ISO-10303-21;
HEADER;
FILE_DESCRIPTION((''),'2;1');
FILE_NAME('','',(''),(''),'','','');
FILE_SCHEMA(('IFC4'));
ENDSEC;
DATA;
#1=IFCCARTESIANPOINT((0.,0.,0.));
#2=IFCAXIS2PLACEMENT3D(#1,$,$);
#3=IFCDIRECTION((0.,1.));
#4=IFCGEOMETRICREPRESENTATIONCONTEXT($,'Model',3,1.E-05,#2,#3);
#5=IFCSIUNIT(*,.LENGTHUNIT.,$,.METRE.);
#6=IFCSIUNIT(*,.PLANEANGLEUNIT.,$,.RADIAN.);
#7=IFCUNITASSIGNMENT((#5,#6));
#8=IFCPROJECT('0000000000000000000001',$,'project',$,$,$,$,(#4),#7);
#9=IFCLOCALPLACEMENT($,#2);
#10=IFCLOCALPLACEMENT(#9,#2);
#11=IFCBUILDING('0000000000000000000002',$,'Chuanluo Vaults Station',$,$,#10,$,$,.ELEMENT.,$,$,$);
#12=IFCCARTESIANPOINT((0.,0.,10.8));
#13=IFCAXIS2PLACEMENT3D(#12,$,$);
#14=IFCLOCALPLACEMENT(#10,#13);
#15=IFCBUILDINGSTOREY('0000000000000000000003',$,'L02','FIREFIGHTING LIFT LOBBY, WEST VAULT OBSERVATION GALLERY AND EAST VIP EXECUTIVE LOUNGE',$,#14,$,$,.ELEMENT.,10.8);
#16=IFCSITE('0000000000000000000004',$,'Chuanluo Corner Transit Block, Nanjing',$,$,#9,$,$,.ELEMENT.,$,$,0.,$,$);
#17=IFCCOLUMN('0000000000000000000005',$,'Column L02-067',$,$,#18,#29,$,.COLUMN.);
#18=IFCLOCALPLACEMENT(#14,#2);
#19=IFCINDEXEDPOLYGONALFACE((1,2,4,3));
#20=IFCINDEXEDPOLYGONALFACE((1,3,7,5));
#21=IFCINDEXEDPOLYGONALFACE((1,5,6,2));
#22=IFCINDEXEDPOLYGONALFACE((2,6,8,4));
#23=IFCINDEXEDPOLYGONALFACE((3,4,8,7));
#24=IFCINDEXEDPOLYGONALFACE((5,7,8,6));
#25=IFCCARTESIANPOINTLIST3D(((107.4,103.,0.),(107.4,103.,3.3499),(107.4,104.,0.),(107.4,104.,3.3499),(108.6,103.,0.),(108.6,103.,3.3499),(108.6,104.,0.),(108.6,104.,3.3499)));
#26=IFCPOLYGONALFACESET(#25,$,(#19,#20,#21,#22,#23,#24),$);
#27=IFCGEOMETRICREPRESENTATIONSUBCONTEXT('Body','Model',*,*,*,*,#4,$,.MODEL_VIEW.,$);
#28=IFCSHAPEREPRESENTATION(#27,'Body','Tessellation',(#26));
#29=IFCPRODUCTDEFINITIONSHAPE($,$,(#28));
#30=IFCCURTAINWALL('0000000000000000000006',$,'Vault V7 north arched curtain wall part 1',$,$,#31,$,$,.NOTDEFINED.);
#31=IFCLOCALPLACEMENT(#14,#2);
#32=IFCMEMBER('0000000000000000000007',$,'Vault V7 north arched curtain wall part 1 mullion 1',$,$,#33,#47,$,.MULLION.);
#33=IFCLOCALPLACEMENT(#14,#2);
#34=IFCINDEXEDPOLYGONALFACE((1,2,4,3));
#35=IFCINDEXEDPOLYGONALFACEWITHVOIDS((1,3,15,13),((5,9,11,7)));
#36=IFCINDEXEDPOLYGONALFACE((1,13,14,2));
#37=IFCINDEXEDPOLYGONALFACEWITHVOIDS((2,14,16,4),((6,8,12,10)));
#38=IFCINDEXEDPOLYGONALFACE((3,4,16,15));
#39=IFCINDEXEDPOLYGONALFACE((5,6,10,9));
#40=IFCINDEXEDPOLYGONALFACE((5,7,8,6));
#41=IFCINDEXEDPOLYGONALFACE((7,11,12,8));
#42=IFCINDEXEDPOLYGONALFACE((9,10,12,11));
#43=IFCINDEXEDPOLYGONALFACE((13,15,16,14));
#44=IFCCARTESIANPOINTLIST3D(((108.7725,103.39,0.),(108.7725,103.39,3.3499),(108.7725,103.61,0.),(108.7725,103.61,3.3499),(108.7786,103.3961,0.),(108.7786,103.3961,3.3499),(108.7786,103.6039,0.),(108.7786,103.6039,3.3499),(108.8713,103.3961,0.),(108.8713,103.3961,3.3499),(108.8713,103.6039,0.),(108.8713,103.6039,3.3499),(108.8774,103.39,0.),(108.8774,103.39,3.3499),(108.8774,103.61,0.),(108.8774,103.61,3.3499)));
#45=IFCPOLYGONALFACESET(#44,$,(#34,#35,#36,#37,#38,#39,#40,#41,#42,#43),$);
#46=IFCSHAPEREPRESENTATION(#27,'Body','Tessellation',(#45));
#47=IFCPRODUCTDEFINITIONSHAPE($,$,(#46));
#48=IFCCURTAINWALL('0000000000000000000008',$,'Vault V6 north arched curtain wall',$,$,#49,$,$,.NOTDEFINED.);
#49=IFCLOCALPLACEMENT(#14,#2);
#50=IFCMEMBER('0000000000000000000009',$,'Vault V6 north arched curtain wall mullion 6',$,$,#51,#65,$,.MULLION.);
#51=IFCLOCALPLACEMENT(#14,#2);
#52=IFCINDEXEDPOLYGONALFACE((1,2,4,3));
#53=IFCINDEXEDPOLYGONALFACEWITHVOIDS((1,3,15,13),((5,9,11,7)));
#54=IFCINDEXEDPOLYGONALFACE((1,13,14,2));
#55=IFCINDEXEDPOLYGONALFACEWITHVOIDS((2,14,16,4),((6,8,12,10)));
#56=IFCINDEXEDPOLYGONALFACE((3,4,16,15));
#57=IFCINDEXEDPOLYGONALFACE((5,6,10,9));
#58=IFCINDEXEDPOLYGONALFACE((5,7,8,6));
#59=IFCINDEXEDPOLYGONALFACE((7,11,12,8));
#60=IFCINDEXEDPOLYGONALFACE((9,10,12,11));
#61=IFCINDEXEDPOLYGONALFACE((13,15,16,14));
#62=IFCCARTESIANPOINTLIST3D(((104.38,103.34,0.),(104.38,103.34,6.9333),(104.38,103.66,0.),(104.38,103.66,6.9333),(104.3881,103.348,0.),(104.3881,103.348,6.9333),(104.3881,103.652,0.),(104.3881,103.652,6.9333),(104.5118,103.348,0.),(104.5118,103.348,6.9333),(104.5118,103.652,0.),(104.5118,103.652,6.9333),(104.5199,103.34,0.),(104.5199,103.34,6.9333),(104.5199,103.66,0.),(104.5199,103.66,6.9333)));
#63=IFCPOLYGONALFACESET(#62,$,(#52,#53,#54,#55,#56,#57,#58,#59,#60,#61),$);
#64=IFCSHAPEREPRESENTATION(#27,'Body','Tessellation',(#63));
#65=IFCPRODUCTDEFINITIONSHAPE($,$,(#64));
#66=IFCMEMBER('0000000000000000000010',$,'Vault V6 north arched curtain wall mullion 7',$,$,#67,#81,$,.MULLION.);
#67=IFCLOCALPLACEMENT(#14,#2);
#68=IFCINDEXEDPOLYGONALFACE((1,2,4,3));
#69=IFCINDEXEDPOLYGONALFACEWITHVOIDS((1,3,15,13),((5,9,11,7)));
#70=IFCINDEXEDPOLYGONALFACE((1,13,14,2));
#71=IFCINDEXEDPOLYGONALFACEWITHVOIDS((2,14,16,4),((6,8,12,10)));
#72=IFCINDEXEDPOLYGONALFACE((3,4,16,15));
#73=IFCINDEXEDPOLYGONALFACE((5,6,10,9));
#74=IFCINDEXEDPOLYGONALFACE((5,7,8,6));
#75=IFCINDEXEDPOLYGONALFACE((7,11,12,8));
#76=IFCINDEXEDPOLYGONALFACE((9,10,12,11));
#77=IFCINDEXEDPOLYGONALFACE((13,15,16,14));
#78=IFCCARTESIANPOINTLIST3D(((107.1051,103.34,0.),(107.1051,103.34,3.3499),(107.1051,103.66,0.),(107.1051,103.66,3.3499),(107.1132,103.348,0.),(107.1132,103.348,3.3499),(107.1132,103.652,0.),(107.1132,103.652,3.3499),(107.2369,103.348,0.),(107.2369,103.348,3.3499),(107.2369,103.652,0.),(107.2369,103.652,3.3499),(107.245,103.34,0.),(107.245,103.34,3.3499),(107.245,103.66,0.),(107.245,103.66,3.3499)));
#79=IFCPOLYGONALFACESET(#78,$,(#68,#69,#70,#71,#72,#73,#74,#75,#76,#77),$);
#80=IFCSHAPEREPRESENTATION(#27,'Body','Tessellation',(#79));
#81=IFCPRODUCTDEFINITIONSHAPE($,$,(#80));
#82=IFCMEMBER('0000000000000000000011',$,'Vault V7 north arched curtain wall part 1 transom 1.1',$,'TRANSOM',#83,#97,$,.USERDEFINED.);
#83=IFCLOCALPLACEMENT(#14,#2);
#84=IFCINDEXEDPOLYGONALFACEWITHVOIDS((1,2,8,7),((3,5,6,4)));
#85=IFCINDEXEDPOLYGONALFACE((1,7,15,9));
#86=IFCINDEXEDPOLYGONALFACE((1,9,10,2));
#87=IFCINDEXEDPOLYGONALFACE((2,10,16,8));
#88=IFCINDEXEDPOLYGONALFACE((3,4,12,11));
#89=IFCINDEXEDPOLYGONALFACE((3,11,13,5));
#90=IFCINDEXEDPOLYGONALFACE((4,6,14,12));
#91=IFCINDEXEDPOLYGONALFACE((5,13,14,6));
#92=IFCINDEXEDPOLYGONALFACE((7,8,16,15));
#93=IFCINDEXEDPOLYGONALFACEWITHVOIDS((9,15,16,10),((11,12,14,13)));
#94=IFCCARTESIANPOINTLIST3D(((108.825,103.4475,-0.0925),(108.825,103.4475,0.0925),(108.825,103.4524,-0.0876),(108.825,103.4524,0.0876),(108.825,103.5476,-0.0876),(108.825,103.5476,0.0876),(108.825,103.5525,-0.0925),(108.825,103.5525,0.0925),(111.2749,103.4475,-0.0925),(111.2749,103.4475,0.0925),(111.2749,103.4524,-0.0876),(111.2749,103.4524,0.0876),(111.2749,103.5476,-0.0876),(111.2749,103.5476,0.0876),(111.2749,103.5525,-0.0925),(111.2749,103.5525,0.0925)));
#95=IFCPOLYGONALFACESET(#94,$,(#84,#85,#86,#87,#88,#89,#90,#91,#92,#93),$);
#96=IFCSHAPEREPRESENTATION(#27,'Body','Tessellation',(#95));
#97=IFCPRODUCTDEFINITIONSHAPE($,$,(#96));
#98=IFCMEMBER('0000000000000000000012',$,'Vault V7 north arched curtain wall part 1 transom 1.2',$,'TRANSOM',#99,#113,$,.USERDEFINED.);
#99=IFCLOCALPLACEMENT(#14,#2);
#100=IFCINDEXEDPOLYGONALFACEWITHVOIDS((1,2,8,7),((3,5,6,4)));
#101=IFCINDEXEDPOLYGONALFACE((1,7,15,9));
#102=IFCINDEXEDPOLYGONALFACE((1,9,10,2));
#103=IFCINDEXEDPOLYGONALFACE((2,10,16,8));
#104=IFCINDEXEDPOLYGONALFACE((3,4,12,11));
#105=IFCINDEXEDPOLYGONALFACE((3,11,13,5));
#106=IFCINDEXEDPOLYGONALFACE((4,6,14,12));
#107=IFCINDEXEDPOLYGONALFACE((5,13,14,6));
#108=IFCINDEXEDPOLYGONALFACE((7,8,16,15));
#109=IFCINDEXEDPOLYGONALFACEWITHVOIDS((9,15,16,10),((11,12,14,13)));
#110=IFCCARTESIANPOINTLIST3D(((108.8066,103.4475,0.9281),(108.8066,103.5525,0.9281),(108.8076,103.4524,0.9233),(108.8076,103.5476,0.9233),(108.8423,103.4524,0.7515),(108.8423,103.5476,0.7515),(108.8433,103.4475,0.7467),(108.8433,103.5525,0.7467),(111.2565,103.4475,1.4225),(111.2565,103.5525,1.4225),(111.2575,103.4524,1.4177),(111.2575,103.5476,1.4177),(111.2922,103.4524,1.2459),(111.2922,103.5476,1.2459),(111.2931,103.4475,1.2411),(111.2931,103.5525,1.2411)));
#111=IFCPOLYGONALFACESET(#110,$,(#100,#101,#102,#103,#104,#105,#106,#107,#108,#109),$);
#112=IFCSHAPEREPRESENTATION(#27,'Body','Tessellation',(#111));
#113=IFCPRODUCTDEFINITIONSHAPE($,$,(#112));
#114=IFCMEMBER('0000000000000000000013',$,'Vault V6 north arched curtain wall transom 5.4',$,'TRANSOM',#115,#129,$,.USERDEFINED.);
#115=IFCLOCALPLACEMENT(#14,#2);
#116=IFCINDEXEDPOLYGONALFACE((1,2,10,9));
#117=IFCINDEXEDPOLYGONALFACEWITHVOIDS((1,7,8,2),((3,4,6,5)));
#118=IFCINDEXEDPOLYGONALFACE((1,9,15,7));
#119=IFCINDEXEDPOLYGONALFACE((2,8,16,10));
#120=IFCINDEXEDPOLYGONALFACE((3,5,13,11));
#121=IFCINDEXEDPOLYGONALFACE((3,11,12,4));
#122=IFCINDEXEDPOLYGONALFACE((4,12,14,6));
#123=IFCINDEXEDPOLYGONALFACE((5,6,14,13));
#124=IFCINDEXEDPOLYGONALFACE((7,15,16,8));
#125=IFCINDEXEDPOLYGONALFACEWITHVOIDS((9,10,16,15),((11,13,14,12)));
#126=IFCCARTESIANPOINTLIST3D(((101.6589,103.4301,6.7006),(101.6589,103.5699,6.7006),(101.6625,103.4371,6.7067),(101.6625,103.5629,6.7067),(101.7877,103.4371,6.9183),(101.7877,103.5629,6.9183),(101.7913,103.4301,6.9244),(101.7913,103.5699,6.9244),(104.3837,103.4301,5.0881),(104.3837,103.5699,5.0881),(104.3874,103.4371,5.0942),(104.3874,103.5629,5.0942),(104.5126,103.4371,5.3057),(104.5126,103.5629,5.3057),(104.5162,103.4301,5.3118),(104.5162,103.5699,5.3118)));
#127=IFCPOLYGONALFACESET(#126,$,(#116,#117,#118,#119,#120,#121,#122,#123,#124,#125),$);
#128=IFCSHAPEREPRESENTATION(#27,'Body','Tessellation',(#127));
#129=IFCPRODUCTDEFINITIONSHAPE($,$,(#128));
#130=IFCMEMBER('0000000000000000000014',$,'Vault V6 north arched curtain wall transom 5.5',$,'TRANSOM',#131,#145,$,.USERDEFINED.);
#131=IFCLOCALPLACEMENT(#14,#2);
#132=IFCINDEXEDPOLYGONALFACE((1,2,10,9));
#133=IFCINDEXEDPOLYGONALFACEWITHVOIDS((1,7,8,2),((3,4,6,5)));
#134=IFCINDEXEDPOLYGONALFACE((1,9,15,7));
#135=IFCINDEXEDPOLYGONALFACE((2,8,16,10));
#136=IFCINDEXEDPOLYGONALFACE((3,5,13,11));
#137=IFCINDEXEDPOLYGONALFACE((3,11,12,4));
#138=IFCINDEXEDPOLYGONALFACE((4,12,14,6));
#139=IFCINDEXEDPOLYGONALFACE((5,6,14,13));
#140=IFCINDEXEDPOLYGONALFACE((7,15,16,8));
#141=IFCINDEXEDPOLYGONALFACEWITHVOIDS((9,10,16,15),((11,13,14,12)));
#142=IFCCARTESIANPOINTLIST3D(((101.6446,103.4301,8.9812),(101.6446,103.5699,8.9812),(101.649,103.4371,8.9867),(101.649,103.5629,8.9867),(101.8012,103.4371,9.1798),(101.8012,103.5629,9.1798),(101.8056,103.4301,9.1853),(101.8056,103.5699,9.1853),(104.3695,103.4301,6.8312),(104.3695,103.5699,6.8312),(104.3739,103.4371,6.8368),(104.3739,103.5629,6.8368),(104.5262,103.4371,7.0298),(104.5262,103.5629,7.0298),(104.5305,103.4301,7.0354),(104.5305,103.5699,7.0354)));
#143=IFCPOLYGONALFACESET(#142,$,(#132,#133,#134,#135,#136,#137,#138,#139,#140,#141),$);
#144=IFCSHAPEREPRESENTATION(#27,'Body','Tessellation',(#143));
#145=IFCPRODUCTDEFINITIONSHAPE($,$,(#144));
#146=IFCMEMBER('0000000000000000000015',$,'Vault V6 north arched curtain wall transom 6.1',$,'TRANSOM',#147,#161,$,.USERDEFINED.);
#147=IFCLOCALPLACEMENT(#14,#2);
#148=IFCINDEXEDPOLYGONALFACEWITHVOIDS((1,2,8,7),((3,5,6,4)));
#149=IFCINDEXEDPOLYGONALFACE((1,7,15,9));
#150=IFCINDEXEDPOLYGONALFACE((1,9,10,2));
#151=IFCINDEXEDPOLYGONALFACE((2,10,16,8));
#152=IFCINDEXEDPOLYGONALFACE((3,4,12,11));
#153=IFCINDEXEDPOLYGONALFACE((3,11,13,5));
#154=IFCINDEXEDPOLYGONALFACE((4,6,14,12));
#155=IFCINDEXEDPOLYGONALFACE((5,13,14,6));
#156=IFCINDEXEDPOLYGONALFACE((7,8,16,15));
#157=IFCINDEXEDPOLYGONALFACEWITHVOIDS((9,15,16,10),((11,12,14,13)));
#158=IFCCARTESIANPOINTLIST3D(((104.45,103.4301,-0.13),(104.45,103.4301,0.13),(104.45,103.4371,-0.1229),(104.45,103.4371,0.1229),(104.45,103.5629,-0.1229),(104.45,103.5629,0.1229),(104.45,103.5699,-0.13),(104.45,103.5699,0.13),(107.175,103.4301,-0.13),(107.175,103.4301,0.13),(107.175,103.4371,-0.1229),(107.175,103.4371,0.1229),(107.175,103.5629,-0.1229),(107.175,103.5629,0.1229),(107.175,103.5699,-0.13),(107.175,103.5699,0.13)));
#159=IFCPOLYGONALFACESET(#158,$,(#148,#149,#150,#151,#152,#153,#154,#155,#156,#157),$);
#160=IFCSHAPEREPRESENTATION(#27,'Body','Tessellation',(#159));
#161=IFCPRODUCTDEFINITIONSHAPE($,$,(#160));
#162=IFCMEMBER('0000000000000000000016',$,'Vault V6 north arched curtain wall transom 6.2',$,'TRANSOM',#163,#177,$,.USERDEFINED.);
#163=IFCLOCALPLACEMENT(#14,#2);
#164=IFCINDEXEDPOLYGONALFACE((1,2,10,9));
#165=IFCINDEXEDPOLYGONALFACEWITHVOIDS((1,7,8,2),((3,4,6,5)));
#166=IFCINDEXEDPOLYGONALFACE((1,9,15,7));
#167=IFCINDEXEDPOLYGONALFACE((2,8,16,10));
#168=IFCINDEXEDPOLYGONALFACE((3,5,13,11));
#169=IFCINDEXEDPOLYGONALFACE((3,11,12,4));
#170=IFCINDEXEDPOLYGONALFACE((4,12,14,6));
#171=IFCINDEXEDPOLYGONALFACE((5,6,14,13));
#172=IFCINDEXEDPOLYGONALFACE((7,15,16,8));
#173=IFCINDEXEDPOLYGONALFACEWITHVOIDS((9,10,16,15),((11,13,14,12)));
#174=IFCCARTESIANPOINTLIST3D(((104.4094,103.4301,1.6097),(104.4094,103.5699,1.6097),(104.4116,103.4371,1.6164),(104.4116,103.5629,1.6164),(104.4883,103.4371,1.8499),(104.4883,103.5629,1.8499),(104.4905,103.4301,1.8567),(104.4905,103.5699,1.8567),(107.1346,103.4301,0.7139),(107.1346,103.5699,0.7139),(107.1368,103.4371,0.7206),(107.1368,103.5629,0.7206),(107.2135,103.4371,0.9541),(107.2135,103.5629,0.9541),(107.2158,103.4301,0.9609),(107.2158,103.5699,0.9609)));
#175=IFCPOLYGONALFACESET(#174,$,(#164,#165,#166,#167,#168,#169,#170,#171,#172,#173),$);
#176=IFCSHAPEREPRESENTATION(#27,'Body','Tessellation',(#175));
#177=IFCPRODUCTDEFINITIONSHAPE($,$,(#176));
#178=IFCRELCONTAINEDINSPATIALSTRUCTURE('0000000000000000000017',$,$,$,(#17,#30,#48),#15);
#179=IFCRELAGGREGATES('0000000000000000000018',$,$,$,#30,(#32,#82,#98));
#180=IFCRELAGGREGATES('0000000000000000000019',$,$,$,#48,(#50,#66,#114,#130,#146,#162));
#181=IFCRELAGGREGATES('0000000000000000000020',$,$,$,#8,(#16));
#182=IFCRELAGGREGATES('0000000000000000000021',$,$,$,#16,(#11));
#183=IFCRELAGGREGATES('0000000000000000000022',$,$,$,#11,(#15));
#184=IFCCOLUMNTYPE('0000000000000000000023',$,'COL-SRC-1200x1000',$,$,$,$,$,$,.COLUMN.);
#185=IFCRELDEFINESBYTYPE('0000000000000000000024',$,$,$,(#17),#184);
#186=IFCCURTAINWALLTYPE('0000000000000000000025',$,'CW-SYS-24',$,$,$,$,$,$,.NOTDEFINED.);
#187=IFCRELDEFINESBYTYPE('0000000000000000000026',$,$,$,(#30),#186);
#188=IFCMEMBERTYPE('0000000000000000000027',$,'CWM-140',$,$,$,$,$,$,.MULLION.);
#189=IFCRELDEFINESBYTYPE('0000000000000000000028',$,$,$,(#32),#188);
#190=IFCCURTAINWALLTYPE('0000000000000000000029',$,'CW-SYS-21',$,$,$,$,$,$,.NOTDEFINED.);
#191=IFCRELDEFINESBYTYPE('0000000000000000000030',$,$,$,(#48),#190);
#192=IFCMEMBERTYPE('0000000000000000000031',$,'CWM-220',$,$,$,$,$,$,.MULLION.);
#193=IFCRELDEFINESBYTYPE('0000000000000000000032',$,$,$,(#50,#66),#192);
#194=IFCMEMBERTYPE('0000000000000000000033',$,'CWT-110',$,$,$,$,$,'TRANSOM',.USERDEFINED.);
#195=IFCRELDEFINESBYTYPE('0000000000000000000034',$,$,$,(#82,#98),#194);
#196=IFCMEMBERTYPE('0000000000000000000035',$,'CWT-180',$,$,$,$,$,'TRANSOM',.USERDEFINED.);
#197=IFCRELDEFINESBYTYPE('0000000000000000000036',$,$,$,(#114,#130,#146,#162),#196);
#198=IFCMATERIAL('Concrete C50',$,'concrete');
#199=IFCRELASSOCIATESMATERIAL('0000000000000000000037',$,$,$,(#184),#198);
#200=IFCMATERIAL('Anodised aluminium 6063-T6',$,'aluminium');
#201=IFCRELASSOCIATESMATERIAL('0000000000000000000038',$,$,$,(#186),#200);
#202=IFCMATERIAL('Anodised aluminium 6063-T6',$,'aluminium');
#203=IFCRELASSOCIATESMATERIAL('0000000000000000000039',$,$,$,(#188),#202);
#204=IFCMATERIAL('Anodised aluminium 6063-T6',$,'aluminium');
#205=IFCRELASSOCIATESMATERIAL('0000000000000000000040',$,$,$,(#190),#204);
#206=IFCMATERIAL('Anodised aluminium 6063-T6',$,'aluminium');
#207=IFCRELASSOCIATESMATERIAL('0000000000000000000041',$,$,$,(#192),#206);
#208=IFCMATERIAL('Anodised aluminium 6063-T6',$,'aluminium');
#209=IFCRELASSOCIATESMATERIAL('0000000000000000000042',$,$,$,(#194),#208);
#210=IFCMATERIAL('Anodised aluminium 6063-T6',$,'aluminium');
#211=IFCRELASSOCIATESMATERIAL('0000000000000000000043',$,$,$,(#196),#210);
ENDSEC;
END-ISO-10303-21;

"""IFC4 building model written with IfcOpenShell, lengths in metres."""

from ifc_helpers import new_model, si_unit, direction, frame, origin, origin_2d, place, context, subcontext, project, spatial, rectangle, hollow_rectangle, extrude, material, material_profile, profile_set, type_object, element, aggregate, save


model = new_model("IFC4")

# Units and contexts
model_context = context("Model", 3, precision=1e-05, world=origin(), true_north=direction((0.0, 1.0)))
body_context = subcontext(model_context, "Body", "Model", "MODEL_VIEW")
ifc_project = project(units=[si_unit("LENGTHUNIT", "METRE"), si_unit("PLANEANGLEUNIT", "RADIAN")], contexts=[model_context])

# Site, building, storey
site_placement = place(None, origin())
site = spatial("IfcSite", under=ifc_project, at=site_placement, Name="Chuanluo Corner Transit Block, Nanjing", CompositionType="ELEMENT", RefElevation=0.0)
building_placement = place(site_placement, origin())
building = spatial("IfcBuilding", under=site, at=building_placement, Name="Chuanluo Vaults Station", CompositionType="ELEMENT")
storey_placement = place(building_placement, frame((0.0, 0.0, 10.8)))
storey = spatial("IfcBuildingStorey", under=building, at=storey_placement, Name="L02", Description="FIREFIGHTING LIFT LOBBY, WEST VAULT OBSERVATION GALLERY AND EAST VIP EXECUTIVE LOUNGE", CompositionType="ELEMENT", Elevation=10.8)

# Column
ifc_material_1 = material(Name="Concrete C50", Category="concrete")
ifc_material_profile_1 = material_profile(ifc_material_1, rectangle(XDim=1.2, YDim=1.0, at=origin_2d()))
ifc_profile_set_1 = profile_set([ifc_material_profile_1], Name="Concrete C50")
column_type = type_object("IfcColumnType", Name="COL-SRC-1200x1000", PredefinedType="COLUMN", material=ifc_profile_set_1)
column_placement = place(storey_placement, frame((108.0, 103.5, 0.0), z_axis=(0.0, 0.0, 1.0), x_axis=(1.0, 0.0, 0.0)))
element("IfcColumn", 1, at=column_placement, inside=storey, type_object=column_type, Name="Column L02-067", PredefinedType="COLUMN", context=body_context, shape_type="SweptSolid", body=[
    extrude(rectangle(XDim=1.2, YDim=1.0, at=origin_2d()), origin(), (0.0, 0.0, 1.0), 3.3499),
])

# Curtain wall, member
ifc_material_2 = material(Name="Anodised aluminium 6063-T6", Category="aluminium")
curtain_wall_type_1 = type_object("IfcCurtainWallType", Name="CW-SYS-24", PredefinedType="NOTDEFINED", material=ifc_material_2)
curtain_wall_1_placement = place(storey_placement, origin())
curtain_wall_1 = element("IfcCurtainWall", 2, at=curtain_wall_1_placement, inside=storey, type_object=curtain_wall_type_1, Name="Vault V7 north arched curtain wall part 1", PredefinedType="NOTDEFINED")
ifc_material_3 = material(Name="Anodised aluminium 6063-T6", Category="aluminium")
ifc_material_profile_2 = material_profile(ifc_material_3, hollow_rectangle(XDim=0.105, YDim=0.22, WallThickness=0.0061, at=origin_2d()))
ifc_profile_set_2 = profile_set([ifc_material_profile_2], Name="Anodised aluminium 6063-T6")
member_type_1 = type_object("IfcMemberType", Name="CWM-140", PredefinedType="MULLION", material=ifc_profile_set_2)
member_1_placement = place(storey_placement, frame((108.825, 103.5, 0.0), z_axis=(0.0, 0.0, 1.0), x_axis=(1.0, 0.0, 0.0)))
member_1 = element("IfcMember", 3, at=member_1_placement, type_object=member_type_1, Name="Vault V7 north arched curtain wall part 1 mullion 1", PredefinedType="MULLION", context=body_context, shape_type="SweptSolid", body=[
    extrude(hollow_rectangle(XDim=0.105, YDim=0.22, WallThickness=0.0061, at=origin_2d()), origin(), (0.0, 0.0, 1.0), 3.3499),
])

# Curtain wall, members
ifc_material_4 = material(Name="Anodised aluminium 6063-T6", Category="aluminium")
curtain_wall_type_2 = type_object("IfcCurtainWallType", Name="CW-SYS-21", PredefinedType="NOTDEFINED", material=ifc_material_4)
curtain_wall_2_placement = place(storey_placement, origin())
curtain_wall_2 = element("IfcCurtainWall", 4, at=curtain_wall_2_placement, inside=storey, type_object=curtain_wall_type_2, Name="Vault V6 north arched curtain wall", PredefinedType="NOTDEFINED")
ifc_material_5 = material(Name="Anodised aluminium 6063-T6", Category="aluminium")
ifc_material_profile_3 = material_profile(ifc_material_5, hollow_rectangle(XDim=0.1399, YDim=0.3201, WallThickness=0.0081, at=origin_2d()))
ifc_profile_set_3 = profile_set([ifc_material_profile_3], Name="Anodised aluminium 6063-T6")
member_type_2 = type_object("IfcMemberType", Name="CWM-220", PredefinedType="MULLION", material=ifc_profile_set_3)
member_2_placement = place(storey_placement, frame((104.45, 103.5, 0.0), z_axis=(0.0, 0.0, 1.0), x_axis=(1.0, 0.0, 0.0)))
member_2 = element("IfcMember", 5, at=member_2_placement, type_object=member_type_2, Name="Vault V6 north arched curtain wall mullion 6", PredefinedType="MULLION", context=body_context, shape_type="SweptSolid", body=[
    extrude(hollow_rectangle(XDim=0.1399, YDim=0.3201, WallThickness=0.0081, at=origin_2d()), origin(), (0.0, 0.0, 1.0), 6.9333),
])
member_3_placement = place(storey_placement, frame((107.175, 103.5, 0.0), z_axis=(0.0, 0.0, 1.0), x_axis=(1.0, 0.0, 0.0)))
member_3 = element("IfcMember", 6, at=member_3_placement, type_object=member_type_2, Name="Vault V6 north arched curtain wall mullion 7", PredefinedType="MULLION", context=body_context, shape_type="SweptSolid", body=[
    extrude(hollow_rectangle(XDim=0.1399, YDim=0.3201, WallThickness=0.0081, at=origin_2d()), origin(), (0.0, 0.0, 1.0), 3.3499),
])

# Members
ifc_material_6 = material(Name="Anodised aluminium 6063-T6", Category="aluminium")
ifc_material_profile_4 = material_profile(ifc_material_6, hollow_rectangle(XDim=0.105, YDim=0.1851, WallThickness=0.0049, at=origin_2d()))
ifc_profile_set_4 = profile_set([ifc_material_profile_4], Name="Anodised aluminium 6063-T6")
member_type_3 = type_object("IfcMemberType", Name="CWT-110", ElementType="TRANSOM", PredefinedType="USERDEFINED", material=ifc_profile_set_4)
member_4_placement = place(storey_placement, frame((108.825, 103.5, 0.0), z_axis=(1.0, 0.0, 0.0), x_axis=(0.0, 1.0, 0.0)))
member_4 = element("IfcMember", 7, at=member_4_placement, type_object=member_type_3, Name="Vault V7 north arched curtain wall part 1 transom 1.1", ObjectType="TRANSOM", PredefinedType="USERDEFINED", context=body_context, shape_type="SweptSolid", body=[
    extrude(hollow_rectangle(XDim=0.105, YDim=0.1851, WallThickness=0.0049, at=origin_2d()), origin(), (0.0, 0.0, 1.0), 2.45),
])
member_5_placement = place(storey_placement, frame((108.825, 103.5, 0.8374), z_axis=(0.980241, 0.0, 0.197806), x_axis=(0.0, 1.0, 0.0)))
member_5 = element("IfcMember", 8, at=member_5_placement, type_object=member_type_3, Name="Vault V7 north arched curtain wall part 1 transom 1.2", ObjectType="TRANSOM", PredefinedType="USERDEFINED", context=body_context, shape_type="SweptSolid", body=[
    extrude(hollow_rectangle(XDim=0.105, YDim=0.1851, WallThickness=0.0049, at=origin_2d()), origin(), (0.0, 0.0, 1.0), 2.4993),
])
aggregate(curtain_wall_1, [member_1, member_4, member_5])
ifc_material_7 = material(Name="Anodised aluminium 6063-T6", Category="aluminium")
ifc_material_profile_5 = material_profile(ifc_material_7, hollow_rectangle(XDim=0.1399, YDim=0.26, WallThickness=0.0071, at=origin_2d()))
ifc_profile_set_5 = profile_set([ifc_material_profile_5], Name="Anodised aluminium 6063-T6")
member_type_4 = type_object("IfcMemberType", Name="CWT-180", ElementType="TRANSOM", PredefinedType="USERDEFINED", material=ifc_profile_set_5)
member_6_placement = place(storey_placement, frame((101.7251, 103.5, 6.8125), z_axis=(0.860593, 0.0, -0.509293), x_axis=(0.0, 1.0, 0.0)))
member_6 = element("IfcMember", 9, at=member_6_placement, type_object=member_type_4, Name="Vault V6 north arched curtain wall transom 5.4", ObjectType="TRANSOM", PredefinedType="USERDEFINED", context=body_context, shape_type="SweptSolid", body=[
    extrude(hollow_rectangle(XDim=0.1399, YDim=0.26, WallThickness=0.0071, at=origin_2d()), origin(), (0.0, 0.0, 1.0), 3.1663),
])
member_7_placement = place(storey_placement, frame((101.7251, 103.5, 9.0833), z_axis=(0.785065, 0.0, -0.619414), x_axis=(0.0, 1.0, 0.0)))
member_7 = element("IfcMember", 10, at=member_7_placement, type_object=member_type_4, Name="Vault V6 north arched curtain wall transom 5.5", ObjectType="TRANSOM", PredefinedType="USERDEFINED", context=body_context, shape_type="SweptSolid", body=[
    extrude(hollow_rectangle(XDim=0.1399, YDim=0.26, WallThickness=0.0071, at=origin_2d()), origin(), (0.0, 0.0, 1.0), 3.4709),
])
member_8_placement = place(storey_placement, frame((104.45, 103.5, 0.0), z_axis=(1.0, 0.0, 0.0), x_axis=(0.0, 1.0, 0.0)))
member_8 = element("IfcMember", 11, at=member_8_placement, type_object=member_type_4, Name="Vault V6 north arched curtain wall transom 6.1", ObjectType="TRANSOM", PredefinedType="USERDEFINED", context=body_context, shape_type="SweptSolid", body=[
    extrude(hollow_rectangle(XDim=0.1399, YDim=0.26, WallThickness=0.0071, at=origin_2d()), origin(), (0.0, 0.0, 1.0), 2.7251),
])
member_9_placement = place(storey_placement, frame((104.45, 103.5, 1.7332), z_axis=(0.949994, 0.0, -0.312267), x_axis=(0.0, 1.0, 0.0)))
member_9 = element("IfcMember", 12, at=member_9_placement, type_object=member_type_4, Name="Vault V6 north arched curtain wall transom 6.2", ObjectType="TRANSOM", PredefinedType="USERDEFINED", context=body_context, shape_type="SweptSolid", body=[
    extrude(hollow_rectangle(XDim=0.1399, YDim=0.26, WallThickness=0.0071, at=origin_2d()), origin(), (0.0, 0.0, 1.0), 2.8687),
])

aggregate(curtain_wall_2, [member_2, member_3, member_6, member_7, member_8, member_9])

save(model, "model.ifc")
